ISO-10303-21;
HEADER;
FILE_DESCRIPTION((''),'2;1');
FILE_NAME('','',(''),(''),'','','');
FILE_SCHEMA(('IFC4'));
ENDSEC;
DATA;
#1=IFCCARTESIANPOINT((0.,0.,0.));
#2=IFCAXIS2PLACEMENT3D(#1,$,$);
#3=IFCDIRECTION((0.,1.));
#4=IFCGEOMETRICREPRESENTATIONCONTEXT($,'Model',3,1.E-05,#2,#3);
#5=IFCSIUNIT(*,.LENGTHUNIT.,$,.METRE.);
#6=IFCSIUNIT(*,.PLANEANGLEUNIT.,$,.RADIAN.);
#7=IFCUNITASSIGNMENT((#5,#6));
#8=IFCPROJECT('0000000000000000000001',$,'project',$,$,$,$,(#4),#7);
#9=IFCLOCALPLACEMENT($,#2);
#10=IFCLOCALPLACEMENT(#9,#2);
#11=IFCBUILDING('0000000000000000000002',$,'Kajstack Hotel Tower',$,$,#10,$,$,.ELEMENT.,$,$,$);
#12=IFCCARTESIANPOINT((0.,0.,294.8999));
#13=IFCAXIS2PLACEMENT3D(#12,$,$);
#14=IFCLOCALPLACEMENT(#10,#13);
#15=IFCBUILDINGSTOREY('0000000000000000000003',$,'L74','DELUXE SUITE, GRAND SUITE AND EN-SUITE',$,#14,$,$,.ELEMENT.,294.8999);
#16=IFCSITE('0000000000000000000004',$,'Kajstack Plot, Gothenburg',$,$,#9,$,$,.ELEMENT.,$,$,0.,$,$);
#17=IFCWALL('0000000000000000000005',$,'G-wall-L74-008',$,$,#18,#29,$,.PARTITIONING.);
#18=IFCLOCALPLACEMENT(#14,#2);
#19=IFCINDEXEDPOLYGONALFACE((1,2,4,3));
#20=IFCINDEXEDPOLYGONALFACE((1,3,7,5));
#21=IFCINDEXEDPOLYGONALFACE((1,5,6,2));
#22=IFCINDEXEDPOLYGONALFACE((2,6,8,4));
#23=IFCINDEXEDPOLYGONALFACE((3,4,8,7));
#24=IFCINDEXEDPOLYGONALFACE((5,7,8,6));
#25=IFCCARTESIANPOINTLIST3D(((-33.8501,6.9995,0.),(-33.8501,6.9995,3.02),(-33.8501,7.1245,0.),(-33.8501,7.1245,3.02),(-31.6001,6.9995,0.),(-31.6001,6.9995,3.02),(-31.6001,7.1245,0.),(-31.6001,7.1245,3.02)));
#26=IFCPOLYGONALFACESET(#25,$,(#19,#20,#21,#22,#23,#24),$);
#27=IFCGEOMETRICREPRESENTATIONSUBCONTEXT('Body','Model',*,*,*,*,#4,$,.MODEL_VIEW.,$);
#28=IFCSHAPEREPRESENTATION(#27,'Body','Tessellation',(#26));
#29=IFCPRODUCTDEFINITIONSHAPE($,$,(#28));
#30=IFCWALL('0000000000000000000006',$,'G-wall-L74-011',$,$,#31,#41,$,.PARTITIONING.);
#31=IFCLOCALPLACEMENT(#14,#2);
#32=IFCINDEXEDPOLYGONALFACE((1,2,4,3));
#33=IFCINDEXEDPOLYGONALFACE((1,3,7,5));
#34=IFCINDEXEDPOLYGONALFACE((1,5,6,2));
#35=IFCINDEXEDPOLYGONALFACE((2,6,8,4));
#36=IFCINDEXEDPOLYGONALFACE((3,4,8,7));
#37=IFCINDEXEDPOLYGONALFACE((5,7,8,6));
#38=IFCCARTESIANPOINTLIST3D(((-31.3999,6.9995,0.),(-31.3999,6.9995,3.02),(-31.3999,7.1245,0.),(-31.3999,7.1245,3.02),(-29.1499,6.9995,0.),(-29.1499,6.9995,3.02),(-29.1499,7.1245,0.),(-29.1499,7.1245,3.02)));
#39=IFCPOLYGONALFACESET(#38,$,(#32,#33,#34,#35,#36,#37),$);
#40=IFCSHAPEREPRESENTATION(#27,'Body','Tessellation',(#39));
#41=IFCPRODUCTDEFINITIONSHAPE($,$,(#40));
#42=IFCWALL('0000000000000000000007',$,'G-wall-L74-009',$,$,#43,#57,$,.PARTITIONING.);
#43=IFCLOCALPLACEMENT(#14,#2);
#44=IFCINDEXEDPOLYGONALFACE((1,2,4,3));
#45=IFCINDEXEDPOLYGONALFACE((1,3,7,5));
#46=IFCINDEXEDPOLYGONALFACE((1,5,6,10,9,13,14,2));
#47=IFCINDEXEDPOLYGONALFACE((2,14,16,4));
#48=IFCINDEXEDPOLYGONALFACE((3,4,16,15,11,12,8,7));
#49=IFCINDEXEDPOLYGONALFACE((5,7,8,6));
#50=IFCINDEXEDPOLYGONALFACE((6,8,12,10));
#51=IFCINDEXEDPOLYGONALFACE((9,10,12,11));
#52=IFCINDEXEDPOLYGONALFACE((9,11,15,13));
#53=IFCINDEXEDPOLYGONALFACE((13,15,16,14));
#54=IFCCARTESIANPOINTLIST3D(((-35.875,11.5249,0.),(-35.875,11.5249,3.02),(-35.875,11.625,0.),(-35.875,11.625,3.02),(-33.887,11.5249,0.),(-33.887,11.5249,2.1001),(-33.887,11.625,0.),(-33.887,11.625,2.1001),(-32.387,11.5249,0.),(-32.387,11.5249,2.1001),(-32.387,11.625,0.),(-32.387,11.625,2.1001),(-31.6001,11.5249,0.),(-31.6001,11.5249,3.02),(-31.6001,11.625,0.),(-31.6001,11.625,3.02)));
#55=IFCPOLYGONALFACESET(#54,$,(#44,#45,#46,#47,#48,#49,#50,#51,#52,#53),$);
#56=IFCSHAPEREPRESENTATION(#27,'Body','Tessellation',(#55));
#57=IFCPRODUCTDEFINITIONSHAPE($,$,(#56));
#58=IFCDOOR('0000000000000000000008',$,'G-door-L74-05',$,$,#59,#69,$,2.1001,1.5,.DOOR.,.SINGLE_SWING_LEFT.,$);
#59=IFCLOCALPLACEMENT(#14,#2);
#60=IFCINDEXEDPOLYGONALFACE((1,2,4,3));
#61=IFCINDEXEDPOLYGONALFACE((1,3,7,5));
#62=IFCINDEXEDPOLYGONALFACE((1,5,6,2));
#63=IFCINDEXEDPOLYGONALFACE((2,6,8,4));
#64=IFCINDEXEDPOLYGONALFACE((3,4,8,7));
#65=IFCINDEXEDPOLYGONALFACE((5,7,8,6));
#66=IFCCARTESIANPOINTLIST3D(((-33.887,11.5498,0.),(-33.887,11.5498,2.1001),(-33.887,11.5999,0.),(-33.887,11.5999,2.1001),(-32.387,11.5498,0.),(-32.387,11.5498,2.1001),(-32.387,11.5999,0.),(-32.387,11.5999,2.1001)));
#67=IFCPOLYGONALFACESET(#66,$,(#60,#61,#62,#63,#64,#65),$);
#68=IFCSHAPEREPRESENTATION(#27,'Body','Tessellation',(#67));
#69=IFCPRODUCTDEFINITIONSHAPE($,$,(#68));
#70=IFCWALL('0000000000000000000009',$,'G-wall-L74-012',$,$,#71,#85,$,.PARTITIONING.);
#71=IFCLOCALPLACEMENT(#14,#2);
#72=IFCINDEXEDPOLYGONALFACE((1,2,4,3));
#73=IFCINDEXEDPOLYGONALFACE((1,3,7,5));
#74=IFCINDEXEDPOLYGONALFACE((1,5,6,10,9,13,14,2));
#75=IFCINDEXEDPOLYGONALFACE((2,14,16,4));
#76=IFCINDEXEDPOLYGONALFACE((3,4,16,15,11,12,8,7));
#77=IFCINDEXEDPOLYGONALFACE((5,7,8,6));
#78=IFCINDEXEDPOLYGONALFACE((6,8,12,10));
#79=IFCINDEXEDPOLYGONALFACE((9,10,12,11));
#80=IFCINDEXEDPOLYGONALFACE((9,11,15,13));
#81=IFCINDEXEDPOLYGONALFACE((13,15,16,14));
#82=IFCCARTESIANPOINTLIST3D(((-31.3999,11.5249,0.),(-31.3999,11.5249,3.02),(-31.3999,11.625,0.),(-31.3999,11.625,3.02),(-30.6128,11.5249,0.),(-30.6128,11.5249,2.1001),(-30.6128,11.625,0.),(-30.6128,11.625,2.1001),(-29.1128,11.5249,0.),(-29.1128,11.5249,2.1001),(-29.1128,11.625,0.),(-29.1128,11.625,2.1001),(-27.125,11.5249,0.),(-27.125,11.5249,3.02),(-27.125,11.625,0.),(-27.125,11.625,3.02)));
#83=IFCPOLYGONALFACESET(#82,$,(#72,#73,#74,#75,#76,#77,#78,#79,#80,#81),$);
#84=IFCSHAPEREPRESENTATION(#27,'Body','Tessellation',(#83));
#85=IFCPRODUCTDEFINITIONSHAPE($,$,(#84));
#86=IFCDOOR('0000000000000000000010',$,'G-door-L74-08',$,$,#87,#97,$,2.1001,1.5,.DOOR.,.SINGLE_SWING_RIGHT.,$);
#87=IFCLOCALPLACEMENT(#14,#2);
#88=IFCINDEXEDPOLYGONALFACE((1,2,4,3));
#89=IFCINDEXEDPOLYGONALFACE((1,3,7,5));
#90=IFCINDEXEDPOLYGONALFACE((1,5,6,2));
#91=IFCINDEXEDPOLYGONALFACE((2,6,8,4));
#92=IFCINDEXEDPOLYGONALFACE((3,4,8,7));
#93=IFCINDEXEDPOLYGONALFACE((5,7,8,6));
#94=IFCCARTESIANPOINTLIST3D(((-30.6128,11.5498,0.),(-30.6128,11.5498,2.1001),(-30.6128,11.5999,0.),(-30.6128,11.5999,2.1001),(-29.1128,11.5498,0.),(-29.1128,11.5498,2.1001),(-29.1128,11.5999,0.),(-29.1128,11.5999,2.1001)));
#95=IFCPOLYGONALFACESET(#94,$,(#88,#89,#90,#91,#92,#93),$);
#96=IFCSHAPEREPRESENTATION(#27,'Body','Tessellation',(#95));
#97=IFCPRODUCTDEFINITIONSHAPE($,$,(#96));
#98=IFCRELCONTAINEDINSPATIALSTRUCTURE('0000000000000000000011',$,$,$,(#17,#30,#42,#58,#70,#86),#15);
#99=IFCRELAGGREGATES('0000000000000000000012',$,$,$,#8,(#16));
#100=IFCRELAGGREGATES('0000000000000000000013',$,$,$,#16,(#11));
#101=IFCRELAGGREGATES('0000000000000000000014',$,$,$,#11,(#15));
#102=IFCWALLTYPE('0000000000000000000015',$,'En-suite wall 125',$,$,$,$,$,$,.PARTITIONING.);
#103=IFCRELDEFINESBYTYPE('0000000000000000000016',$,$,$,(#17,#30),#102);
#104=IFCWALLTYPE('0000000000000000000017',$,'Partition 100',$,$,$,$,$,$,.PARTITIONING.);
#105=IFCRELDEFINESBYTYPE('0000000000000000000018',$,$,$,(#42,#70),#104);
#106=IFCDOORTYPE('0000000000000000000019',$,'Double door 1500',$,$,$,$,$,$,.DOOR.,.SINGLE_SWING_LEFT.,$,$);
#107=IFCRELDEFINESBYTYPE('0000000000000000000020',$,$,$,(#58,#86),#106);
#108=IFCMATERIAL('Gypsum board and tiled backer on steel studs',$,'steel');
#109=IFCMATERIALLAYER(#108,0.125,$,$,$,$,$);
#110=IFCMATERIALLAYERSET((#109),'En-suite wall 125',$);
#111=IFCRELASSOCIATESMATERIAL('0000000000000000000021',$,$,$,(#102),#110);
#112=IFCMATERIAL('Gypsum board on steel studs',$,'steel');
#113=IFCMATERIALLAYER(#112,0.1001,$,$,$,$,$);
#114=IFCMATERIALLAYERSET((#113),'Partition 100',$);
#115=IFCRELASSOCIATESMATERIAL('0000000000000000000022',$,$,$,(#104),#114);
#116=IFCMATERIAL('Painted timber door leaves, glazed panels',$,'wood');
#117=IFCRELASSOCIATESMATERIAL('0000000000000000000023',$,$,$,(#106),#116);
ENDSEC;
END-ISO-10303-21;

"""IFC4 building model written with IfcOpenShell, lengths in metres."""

from ifc_helpers import new_model, si_unit, direction, frame, frame_2d, origin, place, context, subcontext, project, spatial, rectangle, extrude, material, layer, layer_set, type_object, element, fill, save


model = new_model("IFC4")

# Units and contexts
model_context = context("Model", 3, precision=1e-05, world=origin(), true_north=direction((0.0, 1.0)))
body_context = subcontext(model_context, "Body", "Model", "MODEL_VIEW")
ifc_project = project(units=[si_unit("LENGTHUNIT", "METRE"), si_unit("PLANEANGLEUNIT", "RADIAN")], contexts=[model_context])

# Site, building, storey
site_placement = place(None, origin())
site = spatial("IfcSite", under=ifc_project, at=site_placement, Name="Kajstack Plot, Gothenburg", CompositionType="ELEMENT", RefElevation=0.0)
building_placement = place(site_placement, origin())
building = spatial("IfcBuilding", under=site, at=building_placement, Name="Kajstack Hotel Tower", CompositionType="ELEMENT")
storey_placement = place(building_placement, frame((0.0, 0.0, 294.8999)))
storey = spatial("IfcBuildingStorey", under=building, at=storey_placement, Name="L74", Description="DELUXE SUITE, GRAND SUITE AND EN-SUITE", CompositionType="ELEMENT", Elevation=294.8999)

# Walls
ifc_material_1 = material(Name="Gypsum board and tiled backer on steel studs", Category="steel")
ifc_layer_1 = layer(ifc_material_1, 0.125)
ifc_layer_set_1 = layer_set([ifc_layer_1], Name="En-suite wall 125")
wall_type_1 = type_object("IfcWallType", Name="En-suite wall 125", PredefinedType="PARTITIONING", material=ifc_layer_set_1)
for number, where, z_axis, x_axis, name in (
    (1, (-33.8501, 7.062, 0.0), (0.0, 0.0, 1.0), (1.0, 0.0, 0.0), "G-wall-L74-008"),
    (2, (-31.3999, 7.062, 0.0), (0.0, 0.0, 1.0), (1.0, 0.0, 0.0), "G-wall-L74-011"),
):
    element("IfcWall", number, at=place(storey_placement, frame(where, z_axis=z_axis, x_axis=x_axis)), inside=storey, type_object=wall_type_1, Name=name, PredefinedType="PARTITIONING", context=body_context, shape_type="SweptSolid", body=[
        extrude(rectangle(XDim=2.25, YDim=0.125, at=frame_2d((1.125, 0.0))), origin(), (0.0, 0.0, 1.0), 3.02),
    ])

# Walls, openings, doors
ifc_material_2 = material(Name="Gypsum board on steel studs", Category="steel")
ifc_layer_2 = layer(ifc_material_2, 0.1001)
ifc_layer_set_2 = layer_set([ifc_layer_2], Name="Partition 100")
wall_type_2 = type_object("IfcWallType", Name="Partition 100", PredefinedType="PARTITIONING", material=ifc_layer_set_2)
wall_1_placement = place(storey_placement, frame((-35.875, 11.575, 0.0), z_axis=(0.0, 0.0, 1.0), x_axis=(1.0, 0.0, 0.0)))
wall_1 = element("IfcWall", 3, at=wall_1_placement, inside=storey, type_object=wall_type_2, Name="G-wall-L74-009", PredefinedType="PARTITIONING", context=body_context, shape_type="SweptSolid", body=[
    extrude(rectangle(XDim=4.2749, YDim=0.1001, at=frame_2d((2.1375, 0.0))), origin(), (0.0, 0.0, 1.0), 3.02),
])
opening_1_placement = place(wall_1_placement, frame((1.988, 0.0, 0.0)))
opening_1 = element("IfcOpeningElement", 4, at=opening_1_placement, cuts=wall_1, PredefinedType="OPENING", context=body_context, shape_type="SweptSolid", body=[
    extrude(rectangle(XDim=1.5, YDim=2.1001, at=frame_2d((0.75, 1.05))), frame((0.0, 0.0601, 0.0), z_axis=(0.0, -1.0, 0.0), x_axis=(1.0, 0.0, 0.0)), (0.0, 0.0, 1.0), 0.1201),
])
ifc_material_3 = material(Name="Painted timber door leaves, glazed panels", Category="wood")
door_type = type_object("IfcDoorType", Name="Double door 1500", OperationType="SINGLE_SWING_LEFT", PredefinedType="DOOR", material=ifc_material_3)
door_1_placement = place(opening_1_placement, origin())
door_1 = element("IfcDoor", 5, at=door_1_placement, inside=storey, type_object=door_type, Name="G-door-L74-05", OperationType="SINGLE_SWING_LEFT", OverallHeight=2.1001, OverallWidth=1.5, PredefinedType="DOOR", context=body_context, shape_type="SweptSolid", body=[
    extrude(rectangle(XDim=1.5, YDim=2.1001, at=frame_2d((0.75, 1.05))), frame((0.0, 0.0249, 0.0), z_axis=(0.0, -1.0, 0.0), x_axis=(1.0, 0.0, 0.0)), (0.0, 0.0, 1.0), 0.05),
])
fill(opening_1, door_1)
wall_2_placement = place(storey_placement, frame((-31.3999, 11.575, 0.0), z_axis=(0.0, 0.0, 1.0), x_axis=(1.0, 0.0, 0.0)))
wall_2 = element("IfcWall", 6, at=wall_2_placement, inside=storey, type_object=wall_type_2, Name="G-wall-L74-012", PredefinedType="PARTITIONING", context=body_context, shape_type="SweptSolid", body=[
    extrude(rectangle(XDim=4.2749, YDim=0.1001, at=frame_2d((2.1375, 0.0))), origin(), (0.0, 0.0, 1.0), 3.02),
])
opening_2_placement = place(wall_2_placement, frame((0.7871, 0.0, 0.0)))
opening_2 = element("IfcOpeningElement", 7, at=opening_2_placement, cuts=wall_2, PredefinedType="OPENING", context=body_context, shape_type="SweptSolid", body=[
    extrude(rectangle(XDim=1.5, YDim=2.1001, at=frame_2d((0.75, 1.05))), frame((0.0, 0.0601, 0.0), z_axis=(0.0, -1.0, 0.0), x_axis=(1.0, 0.0, 0.0)), (0.0, 0.0, 1.0), 0.1201),
])
door_2_placement = place(opening_2_placement, origin())
door_2 = element("IfcDoor", 8, at=door_2_placement, inside=storey, type_object=door_type, Name="G-door-L74-08", OperationType="SINGLE_SWING_RIGHT", OverallHeight=2.1001, OverallWidth=1.5, PredefinedType="DOOR", context=body_context, shape_type="SweptSolid", body=[
    extrude(rectangle(XDim=1.5, YDim=2.1001, at=frame_2d((0.75, 1.05))), frame((0.0, 0.0249, 0.0), z_axis=(0.0, -1.0, 0.0), x_axis=(1.0, 0.0, 0.0)), (0.0, 0.0, 1.0), 0.05),
])
fill(opening_2, door_2)

save(model, "model.ifc")
